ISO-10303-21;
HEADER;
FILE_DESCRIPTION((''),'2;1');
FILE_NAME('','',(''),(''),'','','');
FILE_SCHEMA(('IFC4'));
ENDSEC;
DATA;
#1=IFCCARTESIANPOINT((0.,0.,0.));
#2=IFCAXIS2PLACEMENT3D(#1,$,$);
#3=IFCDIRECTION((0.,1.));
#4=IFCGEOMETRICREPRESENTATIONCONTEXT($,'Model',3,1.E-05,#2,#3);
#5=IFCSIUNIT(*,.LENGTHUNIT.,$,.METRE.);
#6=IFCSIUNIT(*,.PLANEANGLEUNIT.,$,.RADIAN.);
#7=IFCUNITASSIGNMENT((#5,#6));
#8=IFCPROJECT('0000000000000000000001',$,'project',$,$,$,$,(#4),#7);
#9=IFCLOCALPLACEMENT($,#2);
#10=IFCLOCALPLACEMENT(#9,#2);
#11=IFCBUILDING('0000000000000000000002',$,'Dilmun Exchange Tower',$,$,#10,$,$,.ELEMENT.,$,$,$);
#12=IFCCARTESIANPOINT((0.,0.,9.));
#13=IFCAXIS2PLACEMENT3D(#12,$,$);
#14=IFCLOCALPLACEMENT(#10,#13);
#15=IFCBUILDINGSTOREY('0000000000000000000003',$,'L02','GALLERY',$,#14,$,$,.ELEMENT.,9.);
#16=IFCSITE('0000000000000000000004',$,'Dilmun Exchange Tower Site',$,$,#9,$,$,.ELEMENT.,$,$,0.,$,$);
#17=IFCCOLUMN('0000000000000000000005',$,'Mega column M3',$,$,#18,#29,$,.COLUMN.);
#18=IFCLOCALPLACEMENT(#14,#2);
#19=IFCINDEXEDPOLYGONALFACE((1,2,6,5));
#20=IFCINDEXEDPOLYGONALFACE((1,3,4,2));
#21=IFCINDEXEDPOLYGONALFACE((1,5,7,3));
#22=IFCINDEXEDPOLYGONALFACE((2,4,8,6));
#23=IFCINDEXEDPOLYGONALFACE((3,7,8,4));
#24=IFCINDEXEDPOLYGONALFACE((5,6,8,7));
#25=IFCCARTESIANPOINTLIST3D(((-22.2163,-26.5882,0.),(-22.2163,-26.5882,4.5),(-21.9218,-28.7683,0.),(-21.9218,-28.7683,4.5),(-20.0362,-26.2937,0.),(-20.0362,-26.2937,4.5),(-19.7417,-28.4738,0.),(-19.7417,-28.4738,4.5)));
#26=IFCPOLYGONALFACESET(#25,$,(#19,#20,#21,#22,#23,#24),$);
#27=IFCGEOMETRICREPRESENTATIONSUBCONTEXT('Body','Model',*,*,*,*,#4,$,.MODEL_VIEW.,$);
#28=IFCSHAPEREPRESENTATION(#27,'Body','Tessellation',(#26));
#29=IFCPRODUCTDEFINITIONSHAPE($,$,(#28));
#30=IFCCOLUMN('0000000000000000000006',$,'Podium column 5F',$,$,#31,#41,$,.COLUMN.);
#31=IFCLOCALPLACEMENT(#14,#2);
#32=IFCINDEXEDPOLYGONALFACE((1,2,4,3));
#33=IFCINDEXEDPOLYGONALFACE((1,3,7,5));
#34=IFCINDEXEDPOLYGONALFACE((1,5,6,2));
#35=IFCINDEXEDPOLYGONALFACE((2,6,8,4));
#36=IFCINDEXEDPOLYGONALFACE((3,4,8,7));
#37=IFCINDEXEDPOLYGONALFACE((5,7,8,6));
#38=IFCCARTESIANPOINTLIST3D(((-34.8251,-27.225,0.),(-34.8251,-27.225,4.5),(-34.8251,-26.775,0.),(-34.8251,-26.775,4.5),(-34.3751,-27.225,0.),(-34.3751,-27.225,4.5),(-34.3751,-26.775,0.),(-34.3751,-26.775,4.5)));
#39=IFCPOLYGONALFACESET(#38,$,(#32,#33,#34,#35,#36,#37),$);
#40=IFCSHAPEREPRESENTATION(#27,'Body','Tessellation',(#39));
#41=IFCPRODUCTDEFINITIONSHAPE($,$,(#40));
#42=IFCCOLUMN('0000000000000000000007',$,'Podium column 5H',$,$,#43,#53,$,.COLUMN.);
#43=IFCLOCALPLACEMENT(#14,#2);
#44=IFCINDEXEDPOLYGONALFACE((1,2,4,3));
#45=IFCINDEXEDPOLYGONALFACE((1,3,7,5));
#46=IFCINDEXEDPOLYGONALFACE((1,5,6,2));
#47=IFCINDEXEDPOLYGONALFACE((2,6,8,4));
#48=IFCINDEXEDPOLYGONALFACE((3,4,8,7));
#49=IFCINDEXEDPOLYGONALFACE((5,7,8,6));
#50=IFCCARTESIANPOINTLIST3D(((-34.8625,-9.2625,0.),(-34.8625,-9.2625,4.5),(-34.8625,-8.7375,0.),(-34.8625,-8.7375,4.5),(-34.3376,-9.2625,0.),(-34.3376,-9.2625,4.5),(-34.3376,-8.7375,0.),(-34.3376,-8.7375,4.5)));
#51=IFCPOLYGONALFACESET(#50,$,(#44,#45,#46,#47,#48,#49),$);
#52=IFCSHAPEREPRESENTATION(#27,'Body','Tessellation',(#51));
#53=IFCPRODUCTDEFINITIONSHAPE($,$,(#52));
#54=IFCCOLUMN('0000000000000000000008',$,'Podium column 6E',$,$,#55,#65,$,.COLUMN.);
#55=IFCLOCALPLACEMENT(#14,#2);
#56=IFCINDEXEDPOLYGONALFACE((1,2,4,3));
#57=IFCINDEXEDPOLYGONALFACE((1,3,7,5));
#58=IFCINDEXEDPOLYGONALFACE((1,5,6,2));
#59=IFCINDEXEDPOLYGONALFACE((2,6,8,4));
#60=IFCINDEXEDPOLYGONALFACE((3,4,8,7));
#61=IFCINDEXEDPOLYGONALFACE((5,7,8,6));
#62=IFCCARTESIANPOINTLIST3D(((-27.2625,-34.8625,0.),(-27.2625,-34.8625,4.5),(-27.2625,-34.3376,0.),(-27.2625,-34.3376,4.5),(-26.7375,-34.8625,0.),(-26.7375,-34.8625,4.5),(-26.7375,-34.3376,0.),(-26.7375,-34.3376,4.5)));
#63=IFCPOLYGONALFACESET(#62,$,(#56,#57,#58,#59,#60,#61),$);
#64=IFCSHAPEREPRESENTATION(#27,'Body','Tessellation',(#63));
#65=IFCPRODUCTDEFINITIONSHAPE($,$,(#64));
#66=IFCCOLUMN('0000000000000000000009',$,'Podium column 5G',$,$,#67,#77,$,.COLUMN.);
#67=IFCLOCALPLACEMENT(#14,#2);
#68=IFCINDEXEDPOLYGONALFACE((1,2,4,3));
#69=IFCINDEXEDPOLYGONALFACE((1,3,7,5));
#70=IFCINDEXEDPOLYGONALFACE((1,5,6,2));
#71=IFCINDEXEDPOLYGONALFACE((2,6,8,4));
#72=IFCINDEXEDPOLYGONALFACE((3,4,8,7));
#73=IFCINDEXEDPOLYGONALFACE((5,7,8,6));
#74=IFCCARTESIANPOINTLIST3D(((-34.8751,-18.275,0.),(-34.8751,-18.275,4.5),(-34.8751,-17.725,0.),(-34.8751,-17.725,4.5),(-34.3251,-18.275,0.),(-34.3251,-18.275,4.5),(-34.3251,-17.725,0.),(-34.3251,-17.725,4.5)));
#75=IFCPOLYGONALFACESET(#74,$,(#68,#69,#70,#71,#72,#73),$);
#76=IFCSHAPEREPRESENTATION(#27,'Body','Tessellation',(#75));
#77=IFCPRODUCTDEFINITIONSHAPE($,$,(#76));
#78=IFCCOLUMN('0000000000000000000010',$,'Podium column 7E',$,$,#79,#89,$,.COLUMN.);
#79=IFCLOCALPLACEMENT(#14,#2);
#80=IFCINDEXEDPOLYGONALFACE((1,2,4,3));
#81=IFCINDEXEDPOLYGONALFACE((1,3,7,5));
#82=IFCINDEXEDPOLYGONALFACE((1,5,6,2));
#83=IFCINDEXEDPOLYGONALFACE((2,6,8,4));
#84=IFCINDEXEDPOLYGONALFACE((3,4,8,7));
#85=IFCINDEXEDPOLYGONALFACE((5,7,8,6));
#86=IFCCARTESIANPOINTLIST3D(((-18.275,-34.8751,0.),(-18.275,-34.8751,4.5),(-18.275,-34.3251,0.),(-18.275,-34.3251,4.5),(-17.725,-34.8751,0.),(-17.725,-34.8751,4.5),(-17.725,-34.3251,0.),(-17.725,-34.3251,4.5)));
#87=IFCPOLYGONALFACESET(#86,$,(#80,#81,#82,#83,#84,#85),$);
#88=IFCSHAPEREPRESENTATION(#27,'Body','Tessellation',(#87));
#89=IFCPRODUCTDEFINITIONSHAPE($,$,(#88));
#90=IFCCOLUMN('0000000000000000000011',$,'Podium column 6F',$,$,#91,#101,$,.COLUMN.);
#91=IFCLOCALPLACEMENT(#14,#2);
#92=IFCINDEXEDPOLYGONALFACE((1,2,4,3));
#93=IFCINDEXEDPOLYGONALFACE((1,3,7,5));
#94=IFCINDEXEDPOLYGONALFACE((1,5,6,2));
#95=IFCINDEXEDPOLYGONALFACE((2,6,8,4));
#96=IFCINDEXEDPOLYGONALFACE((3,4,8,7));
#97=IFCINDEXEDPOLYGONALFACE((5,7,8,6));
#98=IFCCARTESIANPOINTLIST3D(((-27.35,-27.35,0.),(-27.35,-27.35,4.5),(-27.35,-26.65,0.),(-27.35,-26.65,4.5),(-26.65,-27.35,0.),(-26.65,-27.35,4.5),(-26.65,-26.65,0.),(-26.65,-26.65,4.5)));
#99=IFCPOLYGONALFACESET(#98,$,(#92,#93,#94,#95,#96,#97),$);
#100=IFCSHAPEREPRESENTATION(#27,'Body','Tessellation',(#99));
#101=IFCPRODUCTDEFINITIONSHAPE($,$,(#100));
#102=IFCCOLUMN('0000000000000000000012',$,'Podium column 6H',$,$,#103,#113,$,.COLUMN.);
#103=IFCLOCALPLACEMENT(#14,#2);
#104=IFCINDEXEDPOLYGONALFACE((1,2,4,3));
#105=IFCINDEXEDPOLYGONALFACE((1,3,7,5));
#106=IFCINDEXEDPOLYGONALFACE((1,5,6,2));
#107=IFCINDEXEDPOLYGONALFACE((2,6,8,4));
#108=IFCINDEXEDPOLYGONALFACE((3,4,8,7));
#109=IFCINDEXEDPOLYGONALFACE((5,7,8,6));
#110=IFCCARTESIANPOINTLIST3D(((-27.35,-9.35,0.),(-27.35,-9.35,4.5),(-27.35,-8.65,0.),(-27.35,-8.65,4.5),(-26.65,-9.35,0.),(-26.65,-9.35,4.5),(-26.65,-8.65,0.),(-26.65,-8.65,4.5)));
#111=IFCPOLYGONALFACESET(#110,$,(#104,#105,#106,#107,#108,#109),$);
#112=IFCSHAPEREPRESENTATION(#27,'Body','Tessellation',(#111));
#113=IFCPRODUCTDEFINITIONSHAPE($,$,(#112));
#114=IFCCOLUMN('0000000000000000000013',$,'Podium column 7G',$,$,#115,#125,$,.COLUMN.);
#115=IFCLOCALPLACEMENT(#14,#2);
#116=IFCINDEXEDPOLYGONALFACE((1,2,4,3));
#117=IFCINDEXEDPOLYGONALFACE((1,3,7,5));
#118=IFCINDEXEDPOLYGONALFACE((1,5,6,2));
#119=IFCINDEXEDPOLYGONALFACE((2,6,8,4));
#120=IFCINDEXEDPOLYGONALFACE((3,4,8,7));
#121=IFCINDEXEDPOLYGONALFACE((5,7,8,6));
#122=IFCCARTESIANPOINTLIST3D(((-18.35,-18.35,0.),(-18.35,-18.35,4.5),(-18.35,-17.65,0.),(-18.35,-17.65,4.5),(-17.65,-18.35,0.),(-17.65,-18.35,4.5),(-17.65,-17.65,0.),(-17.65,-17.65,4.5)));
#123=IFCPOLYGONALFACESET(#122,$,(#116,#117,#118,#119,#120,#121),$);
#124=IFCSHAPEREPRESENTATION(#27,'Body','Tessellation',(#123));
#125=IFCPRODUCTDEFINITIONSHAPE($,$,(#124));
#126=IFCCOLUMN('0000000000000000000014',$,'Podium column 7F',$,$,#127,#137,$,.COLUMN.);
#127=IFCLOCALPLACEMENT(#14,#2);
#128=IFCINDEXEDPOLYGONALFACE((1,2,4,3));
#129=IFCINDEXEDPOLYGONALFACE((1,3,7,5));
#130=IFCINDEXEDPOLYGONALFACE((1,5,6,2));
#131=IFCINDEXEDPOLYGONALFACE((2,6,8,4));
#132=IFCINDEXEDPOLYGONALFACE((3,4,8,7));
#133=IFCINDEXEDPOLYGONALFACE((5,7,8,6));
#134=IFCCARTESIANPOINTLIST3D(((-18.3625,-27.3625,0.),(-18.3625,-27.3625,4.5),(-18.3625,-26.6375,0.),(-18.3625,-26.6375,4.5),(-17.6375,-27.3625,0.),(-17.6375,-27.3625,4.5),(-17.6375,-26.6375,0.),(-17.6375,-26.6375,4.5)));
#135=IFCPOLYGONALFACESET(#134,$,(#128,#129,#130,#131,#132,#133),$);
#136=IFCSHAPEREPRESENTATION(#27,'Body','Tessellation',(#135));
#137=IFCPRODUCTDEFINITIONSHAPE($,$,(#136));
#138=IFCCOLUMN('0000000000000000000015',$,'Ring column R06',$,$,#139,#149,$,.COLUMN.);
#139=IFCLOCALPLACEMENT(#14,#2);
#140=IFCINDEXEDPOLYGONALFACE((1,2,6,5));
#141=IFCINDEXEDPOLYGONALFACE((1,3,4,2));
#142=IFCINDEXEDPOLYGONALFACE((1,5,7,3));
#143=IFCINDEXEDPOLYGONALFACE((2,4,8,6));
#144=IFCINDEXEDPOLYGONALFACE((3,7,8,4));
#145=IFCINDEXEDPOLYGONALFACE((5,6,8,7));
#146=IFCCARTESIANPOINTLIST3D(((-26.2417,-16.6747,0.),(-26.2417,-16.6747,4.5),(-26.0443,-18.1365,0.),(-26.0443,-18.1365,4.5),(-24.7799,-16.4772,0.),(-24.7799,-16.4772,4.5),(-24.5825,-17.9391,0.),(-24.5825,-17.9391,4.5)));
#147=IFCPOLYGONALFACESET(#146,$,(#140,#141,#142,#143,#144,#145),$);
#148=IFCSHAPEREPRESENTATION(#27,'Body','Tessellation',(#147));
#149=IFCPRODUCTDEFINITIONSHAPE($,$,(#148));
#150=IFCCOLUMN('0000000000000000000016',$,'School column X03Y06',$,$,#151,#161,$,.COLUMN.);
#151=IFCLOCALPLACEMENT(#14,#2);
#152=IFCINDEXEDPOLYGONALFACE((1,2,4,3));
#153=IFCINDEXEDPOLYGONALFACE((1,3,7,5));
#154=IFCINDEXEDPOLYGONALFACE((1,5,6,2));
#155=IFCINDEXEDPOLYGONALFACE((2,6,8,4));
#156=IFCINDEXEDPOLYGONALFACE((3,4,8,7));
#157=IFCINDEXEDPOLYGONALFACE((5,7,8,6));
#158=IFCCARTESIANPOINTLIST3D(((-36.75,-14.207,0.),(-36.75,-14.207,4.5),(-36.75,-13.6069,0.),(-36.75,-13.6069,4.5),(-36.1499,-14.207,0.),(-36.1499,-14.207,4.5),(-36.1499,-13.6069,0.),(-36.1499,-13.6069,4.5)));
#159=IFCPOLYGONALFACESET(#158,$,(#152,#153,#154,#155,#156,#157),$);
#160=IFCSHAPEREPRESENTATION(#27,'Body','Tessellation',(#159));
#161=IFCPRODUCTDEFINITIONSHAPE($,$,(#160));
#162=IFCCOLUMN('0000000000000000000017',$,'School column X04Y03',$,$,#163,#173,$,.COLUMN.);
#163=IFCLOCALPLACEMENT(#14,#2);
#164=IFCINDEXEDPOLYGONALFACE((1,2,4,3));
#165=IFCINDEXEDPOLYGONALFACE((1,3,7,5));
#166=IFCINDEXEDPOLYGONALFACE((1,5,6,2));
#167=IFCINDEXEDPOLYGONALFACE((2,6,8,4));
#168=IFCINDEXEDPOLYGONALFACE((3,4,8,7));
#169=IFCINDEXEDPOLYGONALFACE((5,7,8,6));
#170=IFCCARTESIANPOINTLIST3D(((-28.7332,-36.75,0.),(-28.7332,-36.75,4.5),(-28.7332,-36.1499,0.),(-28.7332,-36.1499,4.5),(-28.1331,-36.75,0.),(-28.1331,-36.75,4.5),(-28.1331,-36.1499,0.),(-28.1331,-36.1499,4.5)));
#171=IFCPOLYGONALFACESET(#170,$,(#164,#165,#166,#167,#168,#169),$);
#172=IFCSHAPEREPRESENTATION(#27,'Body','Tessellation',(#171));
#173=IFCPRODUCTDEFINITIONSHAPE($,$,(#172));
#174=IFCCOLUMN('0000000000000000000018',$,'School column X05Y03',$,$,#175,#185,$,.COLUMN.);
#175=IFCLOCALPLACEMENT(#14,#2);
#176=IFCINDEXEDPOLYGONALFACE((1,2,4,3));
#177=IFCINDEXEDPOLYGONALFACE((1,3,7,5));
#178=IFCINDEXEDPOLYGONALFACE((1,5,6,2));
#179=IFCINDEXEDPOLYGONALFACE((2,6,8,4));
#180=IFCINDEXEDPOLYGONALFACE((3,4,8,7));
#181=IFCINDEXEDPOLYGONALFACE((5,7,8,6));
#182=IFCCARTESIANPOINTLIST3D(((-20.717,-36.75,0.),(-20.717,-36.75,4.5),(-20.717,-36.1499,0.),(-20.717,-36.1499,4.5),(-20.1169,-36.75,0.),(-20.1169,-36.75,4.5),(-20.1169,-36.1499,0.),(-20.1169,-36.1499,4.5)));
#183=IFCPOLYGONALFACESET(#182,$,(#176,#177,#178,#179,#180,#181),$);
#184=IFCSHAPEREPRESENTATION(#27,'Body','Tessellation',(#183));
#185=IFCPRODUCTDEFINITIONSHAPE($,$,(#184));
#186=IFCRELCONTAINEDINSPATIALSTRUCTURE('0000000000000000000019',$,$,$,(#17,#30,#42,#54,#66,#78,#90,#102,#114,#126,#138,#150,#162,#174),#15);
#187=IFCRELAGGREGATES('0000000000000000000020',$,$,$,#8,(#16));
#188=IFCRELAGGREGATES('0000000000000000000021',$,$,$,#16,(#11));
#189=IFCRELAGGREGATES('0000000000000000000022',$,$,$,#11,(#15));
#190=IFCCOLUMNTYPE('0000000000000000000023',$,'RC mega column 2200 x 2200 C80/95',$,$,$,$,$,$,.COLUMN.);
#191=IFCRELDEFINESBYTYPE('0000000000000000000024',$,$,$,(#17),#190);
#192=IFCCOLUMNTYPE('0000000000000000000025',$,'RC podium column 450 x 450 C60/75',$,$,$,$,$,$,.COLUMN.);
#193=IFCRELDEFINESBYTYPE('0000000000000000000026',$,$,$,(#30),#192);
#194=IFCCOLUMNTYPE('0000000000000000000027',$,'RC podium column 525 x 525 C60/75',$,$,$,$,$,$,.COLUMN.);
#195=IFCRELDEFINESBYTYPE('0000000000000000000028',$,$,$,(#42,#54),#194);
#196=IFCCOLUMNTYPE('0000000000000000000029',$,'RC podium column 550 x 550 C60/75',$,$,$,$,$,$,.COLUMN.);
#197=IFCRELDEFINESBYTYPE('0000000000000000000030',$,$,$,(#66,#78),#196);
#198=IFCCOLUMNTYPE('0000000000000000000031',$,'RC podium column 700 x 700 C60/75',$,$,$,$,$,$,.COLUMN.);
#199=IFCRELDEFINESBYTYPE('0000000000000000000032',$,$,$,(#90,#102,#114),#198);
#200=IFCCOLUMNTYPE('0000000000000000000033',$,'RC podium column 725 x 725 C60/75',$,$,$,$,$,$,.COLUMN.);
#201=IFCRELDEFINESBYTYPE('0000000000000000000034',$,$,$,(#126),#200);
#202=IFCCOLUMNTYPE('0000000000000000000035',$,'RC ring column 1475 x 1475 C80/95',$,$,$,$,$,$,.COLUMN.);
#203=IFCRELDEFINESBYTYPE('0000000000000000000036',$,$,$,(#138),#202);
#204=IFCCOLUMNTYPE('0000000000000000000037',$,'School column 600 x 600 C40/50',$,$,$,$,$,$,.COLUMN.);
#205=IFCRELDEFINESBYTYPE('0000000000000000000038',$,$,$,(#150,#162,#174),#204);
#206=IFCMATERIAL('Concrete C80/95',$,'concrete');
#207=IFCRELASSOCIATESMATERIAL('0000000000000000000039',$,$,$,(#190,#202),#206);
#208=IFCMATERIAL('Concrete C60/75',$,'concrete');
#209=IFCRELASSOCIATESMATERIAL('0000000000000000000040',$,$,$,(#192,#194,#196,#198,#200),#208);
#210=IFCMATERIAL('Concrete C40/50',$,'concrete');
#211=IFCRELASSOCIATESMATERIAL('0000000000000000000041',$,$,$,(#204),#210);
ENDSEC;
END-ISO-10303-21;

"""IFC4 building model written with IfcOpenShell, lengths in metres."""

from ifc_helpers import new_model, si_unit, direction, frame, origin, origin_2d, place, context, subcontext, project, spatial, rectangle, extrude, material, material_profile, profile_set, type_object, element, save


model = new_model("IFC4")

# Units and contexts
model_context = context("Model", 3, precision=1e-05, world=origin(), true_north=direction((0.0, 1.0)))
body_context = subcontext(model_context, "Body", "Model", "MODEL_VIEW")
ifc_project = project(units=[si_unit("LENGTHUNIT", "METRE"), si_unit("PLANEANGLEUNIT", "RADIAN")], contexts=[model_context])

# Site, building, storey
site_placement = place(None, origin())
site = spatial("IfcSite", under=ifc_project, at=site_placement, Name="Dilmun Exchange Tower Site", CompositionType="ELEMENT", RefElevation=0.0)
building_placement = place(site_placement, origin())
building = spatial("IfcBuilding", under=site, at=building_placement, Name="Dilmun Exchange Tower", CompositionType="ELEMENT")
storey_placement = place(building_placement, frame((0.0, 0.0, 9.0)))
storey = spatial("IfcBuildingStorey", under=building, at=storey_placement, Name="L02", Description="GALLERY", CompositionType="ELEMENT", Elevation=9.0)

# Columns
ifc_material_1 = material(Name="Concrete C80/95", Category="concrete")
ifc_material_profile_1 = material_profile(ifc_material_1, rectangle(XDim=2.2, YDim=2.2, at=origin_2d()), Name="2200 x 2200")
ifc_profile_set_1 = profile_set([ifc_material_profile_1], Name="Concrete C80/95")
column_type_1 = type_object("IfcColumnType", Name="RC mega column 2200 x 2200 C80/95", PredefinedType="COLUMN", material=ifc_profile_set_1)
column_1_placement = place(storey_placement, frame((-20.979, -27.531, 0.0), z_axis=(0.0, 0.0, 1.0), x_axis=(0.991001, 0.133853, 0.0)))
element("IfcColumn", 1, at=column_1_placement, inside=storey, type_object=column_type_1, Name="Mega column M3", PredefinedType="COLUMN", context=body_context, shape_type="SweptSolid", body=[
    extrude(rectangle(XDim=2.2, YDim=2.2, at=origin_2d()), origin(), (0.0, 0.0, 1.0), 4.5),
])
ifc_material_2 = material(Name="Concrete C60/75", Category="concrete")
ifc_material_profile_2 = material_profile(ifc_material_2, rectangle(XDim=0.45, YDim=0.45, at=origin_2d()), Name="450 x 450")
ifc_profile_set_2 = profile_set([ifc_material_profile_2], Name="Concrete C60/75")
column_type_2 = type_object("IfcColumnType", Name="RC podium column 450 x 450 C60/75", PredefinedType="COLUMN", material=ifc_profile_set_2)
column_2_placement = place(storey_placement, frame((-34.6001, -27.0, 0.0), z_axis=(0.0, 0.0, 1.0), x_axis=(1.0, 0.0, 0.0)))
element("IfcColumn", 2, at=column_2_placement, inside=storey, type_object=column_type_2, Name="Podium column 5F", PredefinedType="COLUMN", context=body_context, shape_type="SweptSolid", body=[
    extrude(rectangle(XDim=0.45, YDim=0.45, at=origin_2d()), origin(), (0.0, 0.0, 1.0), 4.5),
])
ifc_material_profile_3 = material_profile(ifc_material_2, rectangle(XDim=0.5249, YDim=0.5249, at=origin_2d()), Name="525 x 525")
ifc_profile_set_3 = profile_set([ifc_material_profile_3], Name="Concrete C60/75")
column_type_3 = type_object("IfcColumnType", Name="RC podium column 525 x 525 C60/75", PredefinedType="COLUMN", material=ifc_profile_set_3)
for number, where, z_axis, x_axis, name in (
    (3, (-34.6001, -9.0, 0.0), (0.0, 0.0, 1.0), (1.0, 0.0, 0.0), "Podium column 5H"),
    (4, (-27.0, -34.6001, 0.0), (0.0, 0.0, 1.0), (1.0, 0.0, 0.0), "Podium column 6E"),
):
    element("IfcColumn", number, at=place(storey_placement, frame(where, z_axis=z_axis, x_axis=x_axis)), inside=storey, type_object=column_type_3, Name=name, PredefinedType="COLUMN", context=body_context, shape_type="SweptSolid", body=[
        extrude(rectangle(XDim=0.5249, YDim=0.5249, at=origin_2d()), origin(), (0.0, 0.0, 1.0), 4.5),
    ])
ifc_material_profile_4 = material_profile(ifc_material_2, rectangle(XDim=0.55, YDim=0.55, at=origin_2d()), Name="550 x 550")
ifc_profile_set_4 = profile_set([ifc_material_profile_4], Name="Concrete C60/75")
column_type_4 = type_object("IfcColumnType", Name="RC podium column 550 x 550 C60/75", PredefinedType="COLUMN", material=ifc_profile_set_4)
for number, where, z_axis, x_axis, name in (
    (5, (-34.6001, -18.0, 0.0), (0.0, 0.0, 1.0), (1.0, 0.0, 0.0), "Podium column 5G"),
    (6, (-18.0, -34.6001, 0.0), (0.0, 0.0, 1.0), (1.0, 0.0, 0.0), "Podium column 7E"),
):
    element("IfcColumn", number, at=place(storey_placement, frame(where, z_axis=z_axis, x_axis=x_axis)), inside=storey, type_object=column_type_4, Name=name, PredefinedType="COLUMN", context=body_context, shape_type="SweptSolid", body=[
        extrude(rectangle(XDim=0.55, YDim=0.55, at=origin_2d()), origin(), (0.0, 0.0, 1.0), 4.5),
    ])
ifc_material_profile_5 = material_profile(ifc_material_2, rectangle(XDim=0.7, YDim=0.7, at=origin_2d()), Name="700 x 700")
ifc_profile_set_5 = profile_set([ifc_material_profile_5], Name="Concrete C60/75")
column_type_5 = type_object("IfcColumnType", Name="RC podium column 700 x 700 C60/75", PredefinedType="COLUMN", material=ifc_profile_set_5)
for number, where, z_axis, x_axis, name in (
    (7, (-27.0, -27.0, 0.0), (0.0, 0.0, 1.0), (1.0, 0.0, 0.0), "Podium column 6F"),
    (8, (-27.0, -9.0, 0.0), (0.0, 0.0, 1.0), (1.0, 0.0, 0.0), "Podium column 6H"),
    (9, (-18.0, -18.0, 0.0), (0.0, 0.0, 1.0), (1.0, 0.0, 0.0), "Podium column 7G"),
):
    element("IfcColumn", number, at=place(storey_placement, frame(where, z_axis=z_axis, x_axis=x_axis)), inside=storey, type_object=column_type_5, Name=name, PredefinedType="COLUMN", context=body_context, shape_type="SweptSolid", body=[
        extrude(rectangle(XDim=0.7, YDim=0.7, at=origin_2d()), origin(), (0.0, 0.0, 1.0), 4.5),
    ])
ifc_material_profile_6 = material_profile(ifc_material_2, rectangle(XDim=0.7251, YDim=0.7251, at=origin_2d()), Name="725 x 725")
ifc_profile_set_6 = profile_set([ifc_material_profile_6], Name="Concrete C60/75")
column_type_6 = type_object("IfcColumnType", Name="RC podium column 725 x 725 C60/75", PredefinedType="COLUMN", material=ifc_profile_set_6)
column_3_placement = place(storey_placement, frame((-18.0, -27.0, 0.0), z_axis=(0.0, 0.0, 1.0), x_axis=(1.0, 0.0, 0.0)))
element("IfcColumn", 10, at=column_3_placement, inside=storey, type_object=column_type_6, Name="Podium column 7F", PredefinedType="COLUMN", context=body_context, shape_type="SweptSolid", body=[
    extrude(rectangle(XDim=0.7251, YDim=0.7251, at=origin_2d()), origin(), (0.0, 0.0, 1.0), 4.5),
])
ifc_material_profile_7 = material_profile(ifc_material_1, rectangle(XDim=1.4751, YDim=1.4751, at=origin_2d()), Name="1475 x 1475")
ifc_profile_set_7 = profile_set([ifc_material_profile_7], Name="Concrete C80/95")
column_type_7 = type_object("IfcColumnType", Name="RC ring column 1475 x 1475 C80/95", PredefinedType="COLUMN", material=ifc_profile_set_7)
column_4_placement = place(storey_placement, frame((-25.4121, -17.3069, 0.0), z_axis=(0.0, 0.0, 1.0), x_axis=(0.991001, 0.133853, 0.0)))
element("IfcColumn", 11, at=column_4_placement, inside=storey, type_object=column_type_7, Name="Ring column R06", PredefinedType="COLUMN", context=body_context, shape_type="SweptSolid", body=[
    extrude(rectangle(XDim=1.4751, YDim=1.4751, at=origin_2d()), origin(), (0.0, 0.0, 1.0), 4.5),
])
ifc_material_3 = material(Name="Concrete C40/50", Category="concrete")
ifc_material_profile_8 = material_profile(ifc_material_3, rectangle(XDim=0.6001, YDim=0.6001, at=origin_2d()), Name="600 x 600")
ifc_profile_set_8 = profile_set([ifc_material_profile_8], Name="Concrete C40/50")
column_type_8 = type_object("IfcColumnType", Name="School column 600 x 600 C40/50", PredefinedType="COLUMN", material=ifc_profile_set_8)
for number, where, z_axis, x_axis, name in (
    (12, (-36.45, -13.907, 0.0), (0.0, 0.0, 1.0), (1.0, 0.0, 0.0), "School column X03Y06"),
    (13, (-28.4331, -36.45, 0.0), (0.0, 0.0, 1.0), (1.0, 0.0, 0.0), "School column X04Y03"),
    (14, (-20.417, -36.45, 0.0), (0.0, 0.0, 1.0), (1.0, 0.0, 0.0), "School column X05Y03"),
):
    element("IfcColumn", number, at=place(storey_placement, frame(where, z_axis=z_axis, x_axis=x_axis)), inside=storey, type_object=column_type_8, Name=name, PredefinedType="COLUMN", context=body_context, shape_type="SweptSolid", body=[
        extrude(rectangle(XDim=0.6001, YDim=0.6001, at=origin_2d()), origin(), (0.0, 0.0, 1.0), 4.5),
    ])

save(model, "model.ifc")
